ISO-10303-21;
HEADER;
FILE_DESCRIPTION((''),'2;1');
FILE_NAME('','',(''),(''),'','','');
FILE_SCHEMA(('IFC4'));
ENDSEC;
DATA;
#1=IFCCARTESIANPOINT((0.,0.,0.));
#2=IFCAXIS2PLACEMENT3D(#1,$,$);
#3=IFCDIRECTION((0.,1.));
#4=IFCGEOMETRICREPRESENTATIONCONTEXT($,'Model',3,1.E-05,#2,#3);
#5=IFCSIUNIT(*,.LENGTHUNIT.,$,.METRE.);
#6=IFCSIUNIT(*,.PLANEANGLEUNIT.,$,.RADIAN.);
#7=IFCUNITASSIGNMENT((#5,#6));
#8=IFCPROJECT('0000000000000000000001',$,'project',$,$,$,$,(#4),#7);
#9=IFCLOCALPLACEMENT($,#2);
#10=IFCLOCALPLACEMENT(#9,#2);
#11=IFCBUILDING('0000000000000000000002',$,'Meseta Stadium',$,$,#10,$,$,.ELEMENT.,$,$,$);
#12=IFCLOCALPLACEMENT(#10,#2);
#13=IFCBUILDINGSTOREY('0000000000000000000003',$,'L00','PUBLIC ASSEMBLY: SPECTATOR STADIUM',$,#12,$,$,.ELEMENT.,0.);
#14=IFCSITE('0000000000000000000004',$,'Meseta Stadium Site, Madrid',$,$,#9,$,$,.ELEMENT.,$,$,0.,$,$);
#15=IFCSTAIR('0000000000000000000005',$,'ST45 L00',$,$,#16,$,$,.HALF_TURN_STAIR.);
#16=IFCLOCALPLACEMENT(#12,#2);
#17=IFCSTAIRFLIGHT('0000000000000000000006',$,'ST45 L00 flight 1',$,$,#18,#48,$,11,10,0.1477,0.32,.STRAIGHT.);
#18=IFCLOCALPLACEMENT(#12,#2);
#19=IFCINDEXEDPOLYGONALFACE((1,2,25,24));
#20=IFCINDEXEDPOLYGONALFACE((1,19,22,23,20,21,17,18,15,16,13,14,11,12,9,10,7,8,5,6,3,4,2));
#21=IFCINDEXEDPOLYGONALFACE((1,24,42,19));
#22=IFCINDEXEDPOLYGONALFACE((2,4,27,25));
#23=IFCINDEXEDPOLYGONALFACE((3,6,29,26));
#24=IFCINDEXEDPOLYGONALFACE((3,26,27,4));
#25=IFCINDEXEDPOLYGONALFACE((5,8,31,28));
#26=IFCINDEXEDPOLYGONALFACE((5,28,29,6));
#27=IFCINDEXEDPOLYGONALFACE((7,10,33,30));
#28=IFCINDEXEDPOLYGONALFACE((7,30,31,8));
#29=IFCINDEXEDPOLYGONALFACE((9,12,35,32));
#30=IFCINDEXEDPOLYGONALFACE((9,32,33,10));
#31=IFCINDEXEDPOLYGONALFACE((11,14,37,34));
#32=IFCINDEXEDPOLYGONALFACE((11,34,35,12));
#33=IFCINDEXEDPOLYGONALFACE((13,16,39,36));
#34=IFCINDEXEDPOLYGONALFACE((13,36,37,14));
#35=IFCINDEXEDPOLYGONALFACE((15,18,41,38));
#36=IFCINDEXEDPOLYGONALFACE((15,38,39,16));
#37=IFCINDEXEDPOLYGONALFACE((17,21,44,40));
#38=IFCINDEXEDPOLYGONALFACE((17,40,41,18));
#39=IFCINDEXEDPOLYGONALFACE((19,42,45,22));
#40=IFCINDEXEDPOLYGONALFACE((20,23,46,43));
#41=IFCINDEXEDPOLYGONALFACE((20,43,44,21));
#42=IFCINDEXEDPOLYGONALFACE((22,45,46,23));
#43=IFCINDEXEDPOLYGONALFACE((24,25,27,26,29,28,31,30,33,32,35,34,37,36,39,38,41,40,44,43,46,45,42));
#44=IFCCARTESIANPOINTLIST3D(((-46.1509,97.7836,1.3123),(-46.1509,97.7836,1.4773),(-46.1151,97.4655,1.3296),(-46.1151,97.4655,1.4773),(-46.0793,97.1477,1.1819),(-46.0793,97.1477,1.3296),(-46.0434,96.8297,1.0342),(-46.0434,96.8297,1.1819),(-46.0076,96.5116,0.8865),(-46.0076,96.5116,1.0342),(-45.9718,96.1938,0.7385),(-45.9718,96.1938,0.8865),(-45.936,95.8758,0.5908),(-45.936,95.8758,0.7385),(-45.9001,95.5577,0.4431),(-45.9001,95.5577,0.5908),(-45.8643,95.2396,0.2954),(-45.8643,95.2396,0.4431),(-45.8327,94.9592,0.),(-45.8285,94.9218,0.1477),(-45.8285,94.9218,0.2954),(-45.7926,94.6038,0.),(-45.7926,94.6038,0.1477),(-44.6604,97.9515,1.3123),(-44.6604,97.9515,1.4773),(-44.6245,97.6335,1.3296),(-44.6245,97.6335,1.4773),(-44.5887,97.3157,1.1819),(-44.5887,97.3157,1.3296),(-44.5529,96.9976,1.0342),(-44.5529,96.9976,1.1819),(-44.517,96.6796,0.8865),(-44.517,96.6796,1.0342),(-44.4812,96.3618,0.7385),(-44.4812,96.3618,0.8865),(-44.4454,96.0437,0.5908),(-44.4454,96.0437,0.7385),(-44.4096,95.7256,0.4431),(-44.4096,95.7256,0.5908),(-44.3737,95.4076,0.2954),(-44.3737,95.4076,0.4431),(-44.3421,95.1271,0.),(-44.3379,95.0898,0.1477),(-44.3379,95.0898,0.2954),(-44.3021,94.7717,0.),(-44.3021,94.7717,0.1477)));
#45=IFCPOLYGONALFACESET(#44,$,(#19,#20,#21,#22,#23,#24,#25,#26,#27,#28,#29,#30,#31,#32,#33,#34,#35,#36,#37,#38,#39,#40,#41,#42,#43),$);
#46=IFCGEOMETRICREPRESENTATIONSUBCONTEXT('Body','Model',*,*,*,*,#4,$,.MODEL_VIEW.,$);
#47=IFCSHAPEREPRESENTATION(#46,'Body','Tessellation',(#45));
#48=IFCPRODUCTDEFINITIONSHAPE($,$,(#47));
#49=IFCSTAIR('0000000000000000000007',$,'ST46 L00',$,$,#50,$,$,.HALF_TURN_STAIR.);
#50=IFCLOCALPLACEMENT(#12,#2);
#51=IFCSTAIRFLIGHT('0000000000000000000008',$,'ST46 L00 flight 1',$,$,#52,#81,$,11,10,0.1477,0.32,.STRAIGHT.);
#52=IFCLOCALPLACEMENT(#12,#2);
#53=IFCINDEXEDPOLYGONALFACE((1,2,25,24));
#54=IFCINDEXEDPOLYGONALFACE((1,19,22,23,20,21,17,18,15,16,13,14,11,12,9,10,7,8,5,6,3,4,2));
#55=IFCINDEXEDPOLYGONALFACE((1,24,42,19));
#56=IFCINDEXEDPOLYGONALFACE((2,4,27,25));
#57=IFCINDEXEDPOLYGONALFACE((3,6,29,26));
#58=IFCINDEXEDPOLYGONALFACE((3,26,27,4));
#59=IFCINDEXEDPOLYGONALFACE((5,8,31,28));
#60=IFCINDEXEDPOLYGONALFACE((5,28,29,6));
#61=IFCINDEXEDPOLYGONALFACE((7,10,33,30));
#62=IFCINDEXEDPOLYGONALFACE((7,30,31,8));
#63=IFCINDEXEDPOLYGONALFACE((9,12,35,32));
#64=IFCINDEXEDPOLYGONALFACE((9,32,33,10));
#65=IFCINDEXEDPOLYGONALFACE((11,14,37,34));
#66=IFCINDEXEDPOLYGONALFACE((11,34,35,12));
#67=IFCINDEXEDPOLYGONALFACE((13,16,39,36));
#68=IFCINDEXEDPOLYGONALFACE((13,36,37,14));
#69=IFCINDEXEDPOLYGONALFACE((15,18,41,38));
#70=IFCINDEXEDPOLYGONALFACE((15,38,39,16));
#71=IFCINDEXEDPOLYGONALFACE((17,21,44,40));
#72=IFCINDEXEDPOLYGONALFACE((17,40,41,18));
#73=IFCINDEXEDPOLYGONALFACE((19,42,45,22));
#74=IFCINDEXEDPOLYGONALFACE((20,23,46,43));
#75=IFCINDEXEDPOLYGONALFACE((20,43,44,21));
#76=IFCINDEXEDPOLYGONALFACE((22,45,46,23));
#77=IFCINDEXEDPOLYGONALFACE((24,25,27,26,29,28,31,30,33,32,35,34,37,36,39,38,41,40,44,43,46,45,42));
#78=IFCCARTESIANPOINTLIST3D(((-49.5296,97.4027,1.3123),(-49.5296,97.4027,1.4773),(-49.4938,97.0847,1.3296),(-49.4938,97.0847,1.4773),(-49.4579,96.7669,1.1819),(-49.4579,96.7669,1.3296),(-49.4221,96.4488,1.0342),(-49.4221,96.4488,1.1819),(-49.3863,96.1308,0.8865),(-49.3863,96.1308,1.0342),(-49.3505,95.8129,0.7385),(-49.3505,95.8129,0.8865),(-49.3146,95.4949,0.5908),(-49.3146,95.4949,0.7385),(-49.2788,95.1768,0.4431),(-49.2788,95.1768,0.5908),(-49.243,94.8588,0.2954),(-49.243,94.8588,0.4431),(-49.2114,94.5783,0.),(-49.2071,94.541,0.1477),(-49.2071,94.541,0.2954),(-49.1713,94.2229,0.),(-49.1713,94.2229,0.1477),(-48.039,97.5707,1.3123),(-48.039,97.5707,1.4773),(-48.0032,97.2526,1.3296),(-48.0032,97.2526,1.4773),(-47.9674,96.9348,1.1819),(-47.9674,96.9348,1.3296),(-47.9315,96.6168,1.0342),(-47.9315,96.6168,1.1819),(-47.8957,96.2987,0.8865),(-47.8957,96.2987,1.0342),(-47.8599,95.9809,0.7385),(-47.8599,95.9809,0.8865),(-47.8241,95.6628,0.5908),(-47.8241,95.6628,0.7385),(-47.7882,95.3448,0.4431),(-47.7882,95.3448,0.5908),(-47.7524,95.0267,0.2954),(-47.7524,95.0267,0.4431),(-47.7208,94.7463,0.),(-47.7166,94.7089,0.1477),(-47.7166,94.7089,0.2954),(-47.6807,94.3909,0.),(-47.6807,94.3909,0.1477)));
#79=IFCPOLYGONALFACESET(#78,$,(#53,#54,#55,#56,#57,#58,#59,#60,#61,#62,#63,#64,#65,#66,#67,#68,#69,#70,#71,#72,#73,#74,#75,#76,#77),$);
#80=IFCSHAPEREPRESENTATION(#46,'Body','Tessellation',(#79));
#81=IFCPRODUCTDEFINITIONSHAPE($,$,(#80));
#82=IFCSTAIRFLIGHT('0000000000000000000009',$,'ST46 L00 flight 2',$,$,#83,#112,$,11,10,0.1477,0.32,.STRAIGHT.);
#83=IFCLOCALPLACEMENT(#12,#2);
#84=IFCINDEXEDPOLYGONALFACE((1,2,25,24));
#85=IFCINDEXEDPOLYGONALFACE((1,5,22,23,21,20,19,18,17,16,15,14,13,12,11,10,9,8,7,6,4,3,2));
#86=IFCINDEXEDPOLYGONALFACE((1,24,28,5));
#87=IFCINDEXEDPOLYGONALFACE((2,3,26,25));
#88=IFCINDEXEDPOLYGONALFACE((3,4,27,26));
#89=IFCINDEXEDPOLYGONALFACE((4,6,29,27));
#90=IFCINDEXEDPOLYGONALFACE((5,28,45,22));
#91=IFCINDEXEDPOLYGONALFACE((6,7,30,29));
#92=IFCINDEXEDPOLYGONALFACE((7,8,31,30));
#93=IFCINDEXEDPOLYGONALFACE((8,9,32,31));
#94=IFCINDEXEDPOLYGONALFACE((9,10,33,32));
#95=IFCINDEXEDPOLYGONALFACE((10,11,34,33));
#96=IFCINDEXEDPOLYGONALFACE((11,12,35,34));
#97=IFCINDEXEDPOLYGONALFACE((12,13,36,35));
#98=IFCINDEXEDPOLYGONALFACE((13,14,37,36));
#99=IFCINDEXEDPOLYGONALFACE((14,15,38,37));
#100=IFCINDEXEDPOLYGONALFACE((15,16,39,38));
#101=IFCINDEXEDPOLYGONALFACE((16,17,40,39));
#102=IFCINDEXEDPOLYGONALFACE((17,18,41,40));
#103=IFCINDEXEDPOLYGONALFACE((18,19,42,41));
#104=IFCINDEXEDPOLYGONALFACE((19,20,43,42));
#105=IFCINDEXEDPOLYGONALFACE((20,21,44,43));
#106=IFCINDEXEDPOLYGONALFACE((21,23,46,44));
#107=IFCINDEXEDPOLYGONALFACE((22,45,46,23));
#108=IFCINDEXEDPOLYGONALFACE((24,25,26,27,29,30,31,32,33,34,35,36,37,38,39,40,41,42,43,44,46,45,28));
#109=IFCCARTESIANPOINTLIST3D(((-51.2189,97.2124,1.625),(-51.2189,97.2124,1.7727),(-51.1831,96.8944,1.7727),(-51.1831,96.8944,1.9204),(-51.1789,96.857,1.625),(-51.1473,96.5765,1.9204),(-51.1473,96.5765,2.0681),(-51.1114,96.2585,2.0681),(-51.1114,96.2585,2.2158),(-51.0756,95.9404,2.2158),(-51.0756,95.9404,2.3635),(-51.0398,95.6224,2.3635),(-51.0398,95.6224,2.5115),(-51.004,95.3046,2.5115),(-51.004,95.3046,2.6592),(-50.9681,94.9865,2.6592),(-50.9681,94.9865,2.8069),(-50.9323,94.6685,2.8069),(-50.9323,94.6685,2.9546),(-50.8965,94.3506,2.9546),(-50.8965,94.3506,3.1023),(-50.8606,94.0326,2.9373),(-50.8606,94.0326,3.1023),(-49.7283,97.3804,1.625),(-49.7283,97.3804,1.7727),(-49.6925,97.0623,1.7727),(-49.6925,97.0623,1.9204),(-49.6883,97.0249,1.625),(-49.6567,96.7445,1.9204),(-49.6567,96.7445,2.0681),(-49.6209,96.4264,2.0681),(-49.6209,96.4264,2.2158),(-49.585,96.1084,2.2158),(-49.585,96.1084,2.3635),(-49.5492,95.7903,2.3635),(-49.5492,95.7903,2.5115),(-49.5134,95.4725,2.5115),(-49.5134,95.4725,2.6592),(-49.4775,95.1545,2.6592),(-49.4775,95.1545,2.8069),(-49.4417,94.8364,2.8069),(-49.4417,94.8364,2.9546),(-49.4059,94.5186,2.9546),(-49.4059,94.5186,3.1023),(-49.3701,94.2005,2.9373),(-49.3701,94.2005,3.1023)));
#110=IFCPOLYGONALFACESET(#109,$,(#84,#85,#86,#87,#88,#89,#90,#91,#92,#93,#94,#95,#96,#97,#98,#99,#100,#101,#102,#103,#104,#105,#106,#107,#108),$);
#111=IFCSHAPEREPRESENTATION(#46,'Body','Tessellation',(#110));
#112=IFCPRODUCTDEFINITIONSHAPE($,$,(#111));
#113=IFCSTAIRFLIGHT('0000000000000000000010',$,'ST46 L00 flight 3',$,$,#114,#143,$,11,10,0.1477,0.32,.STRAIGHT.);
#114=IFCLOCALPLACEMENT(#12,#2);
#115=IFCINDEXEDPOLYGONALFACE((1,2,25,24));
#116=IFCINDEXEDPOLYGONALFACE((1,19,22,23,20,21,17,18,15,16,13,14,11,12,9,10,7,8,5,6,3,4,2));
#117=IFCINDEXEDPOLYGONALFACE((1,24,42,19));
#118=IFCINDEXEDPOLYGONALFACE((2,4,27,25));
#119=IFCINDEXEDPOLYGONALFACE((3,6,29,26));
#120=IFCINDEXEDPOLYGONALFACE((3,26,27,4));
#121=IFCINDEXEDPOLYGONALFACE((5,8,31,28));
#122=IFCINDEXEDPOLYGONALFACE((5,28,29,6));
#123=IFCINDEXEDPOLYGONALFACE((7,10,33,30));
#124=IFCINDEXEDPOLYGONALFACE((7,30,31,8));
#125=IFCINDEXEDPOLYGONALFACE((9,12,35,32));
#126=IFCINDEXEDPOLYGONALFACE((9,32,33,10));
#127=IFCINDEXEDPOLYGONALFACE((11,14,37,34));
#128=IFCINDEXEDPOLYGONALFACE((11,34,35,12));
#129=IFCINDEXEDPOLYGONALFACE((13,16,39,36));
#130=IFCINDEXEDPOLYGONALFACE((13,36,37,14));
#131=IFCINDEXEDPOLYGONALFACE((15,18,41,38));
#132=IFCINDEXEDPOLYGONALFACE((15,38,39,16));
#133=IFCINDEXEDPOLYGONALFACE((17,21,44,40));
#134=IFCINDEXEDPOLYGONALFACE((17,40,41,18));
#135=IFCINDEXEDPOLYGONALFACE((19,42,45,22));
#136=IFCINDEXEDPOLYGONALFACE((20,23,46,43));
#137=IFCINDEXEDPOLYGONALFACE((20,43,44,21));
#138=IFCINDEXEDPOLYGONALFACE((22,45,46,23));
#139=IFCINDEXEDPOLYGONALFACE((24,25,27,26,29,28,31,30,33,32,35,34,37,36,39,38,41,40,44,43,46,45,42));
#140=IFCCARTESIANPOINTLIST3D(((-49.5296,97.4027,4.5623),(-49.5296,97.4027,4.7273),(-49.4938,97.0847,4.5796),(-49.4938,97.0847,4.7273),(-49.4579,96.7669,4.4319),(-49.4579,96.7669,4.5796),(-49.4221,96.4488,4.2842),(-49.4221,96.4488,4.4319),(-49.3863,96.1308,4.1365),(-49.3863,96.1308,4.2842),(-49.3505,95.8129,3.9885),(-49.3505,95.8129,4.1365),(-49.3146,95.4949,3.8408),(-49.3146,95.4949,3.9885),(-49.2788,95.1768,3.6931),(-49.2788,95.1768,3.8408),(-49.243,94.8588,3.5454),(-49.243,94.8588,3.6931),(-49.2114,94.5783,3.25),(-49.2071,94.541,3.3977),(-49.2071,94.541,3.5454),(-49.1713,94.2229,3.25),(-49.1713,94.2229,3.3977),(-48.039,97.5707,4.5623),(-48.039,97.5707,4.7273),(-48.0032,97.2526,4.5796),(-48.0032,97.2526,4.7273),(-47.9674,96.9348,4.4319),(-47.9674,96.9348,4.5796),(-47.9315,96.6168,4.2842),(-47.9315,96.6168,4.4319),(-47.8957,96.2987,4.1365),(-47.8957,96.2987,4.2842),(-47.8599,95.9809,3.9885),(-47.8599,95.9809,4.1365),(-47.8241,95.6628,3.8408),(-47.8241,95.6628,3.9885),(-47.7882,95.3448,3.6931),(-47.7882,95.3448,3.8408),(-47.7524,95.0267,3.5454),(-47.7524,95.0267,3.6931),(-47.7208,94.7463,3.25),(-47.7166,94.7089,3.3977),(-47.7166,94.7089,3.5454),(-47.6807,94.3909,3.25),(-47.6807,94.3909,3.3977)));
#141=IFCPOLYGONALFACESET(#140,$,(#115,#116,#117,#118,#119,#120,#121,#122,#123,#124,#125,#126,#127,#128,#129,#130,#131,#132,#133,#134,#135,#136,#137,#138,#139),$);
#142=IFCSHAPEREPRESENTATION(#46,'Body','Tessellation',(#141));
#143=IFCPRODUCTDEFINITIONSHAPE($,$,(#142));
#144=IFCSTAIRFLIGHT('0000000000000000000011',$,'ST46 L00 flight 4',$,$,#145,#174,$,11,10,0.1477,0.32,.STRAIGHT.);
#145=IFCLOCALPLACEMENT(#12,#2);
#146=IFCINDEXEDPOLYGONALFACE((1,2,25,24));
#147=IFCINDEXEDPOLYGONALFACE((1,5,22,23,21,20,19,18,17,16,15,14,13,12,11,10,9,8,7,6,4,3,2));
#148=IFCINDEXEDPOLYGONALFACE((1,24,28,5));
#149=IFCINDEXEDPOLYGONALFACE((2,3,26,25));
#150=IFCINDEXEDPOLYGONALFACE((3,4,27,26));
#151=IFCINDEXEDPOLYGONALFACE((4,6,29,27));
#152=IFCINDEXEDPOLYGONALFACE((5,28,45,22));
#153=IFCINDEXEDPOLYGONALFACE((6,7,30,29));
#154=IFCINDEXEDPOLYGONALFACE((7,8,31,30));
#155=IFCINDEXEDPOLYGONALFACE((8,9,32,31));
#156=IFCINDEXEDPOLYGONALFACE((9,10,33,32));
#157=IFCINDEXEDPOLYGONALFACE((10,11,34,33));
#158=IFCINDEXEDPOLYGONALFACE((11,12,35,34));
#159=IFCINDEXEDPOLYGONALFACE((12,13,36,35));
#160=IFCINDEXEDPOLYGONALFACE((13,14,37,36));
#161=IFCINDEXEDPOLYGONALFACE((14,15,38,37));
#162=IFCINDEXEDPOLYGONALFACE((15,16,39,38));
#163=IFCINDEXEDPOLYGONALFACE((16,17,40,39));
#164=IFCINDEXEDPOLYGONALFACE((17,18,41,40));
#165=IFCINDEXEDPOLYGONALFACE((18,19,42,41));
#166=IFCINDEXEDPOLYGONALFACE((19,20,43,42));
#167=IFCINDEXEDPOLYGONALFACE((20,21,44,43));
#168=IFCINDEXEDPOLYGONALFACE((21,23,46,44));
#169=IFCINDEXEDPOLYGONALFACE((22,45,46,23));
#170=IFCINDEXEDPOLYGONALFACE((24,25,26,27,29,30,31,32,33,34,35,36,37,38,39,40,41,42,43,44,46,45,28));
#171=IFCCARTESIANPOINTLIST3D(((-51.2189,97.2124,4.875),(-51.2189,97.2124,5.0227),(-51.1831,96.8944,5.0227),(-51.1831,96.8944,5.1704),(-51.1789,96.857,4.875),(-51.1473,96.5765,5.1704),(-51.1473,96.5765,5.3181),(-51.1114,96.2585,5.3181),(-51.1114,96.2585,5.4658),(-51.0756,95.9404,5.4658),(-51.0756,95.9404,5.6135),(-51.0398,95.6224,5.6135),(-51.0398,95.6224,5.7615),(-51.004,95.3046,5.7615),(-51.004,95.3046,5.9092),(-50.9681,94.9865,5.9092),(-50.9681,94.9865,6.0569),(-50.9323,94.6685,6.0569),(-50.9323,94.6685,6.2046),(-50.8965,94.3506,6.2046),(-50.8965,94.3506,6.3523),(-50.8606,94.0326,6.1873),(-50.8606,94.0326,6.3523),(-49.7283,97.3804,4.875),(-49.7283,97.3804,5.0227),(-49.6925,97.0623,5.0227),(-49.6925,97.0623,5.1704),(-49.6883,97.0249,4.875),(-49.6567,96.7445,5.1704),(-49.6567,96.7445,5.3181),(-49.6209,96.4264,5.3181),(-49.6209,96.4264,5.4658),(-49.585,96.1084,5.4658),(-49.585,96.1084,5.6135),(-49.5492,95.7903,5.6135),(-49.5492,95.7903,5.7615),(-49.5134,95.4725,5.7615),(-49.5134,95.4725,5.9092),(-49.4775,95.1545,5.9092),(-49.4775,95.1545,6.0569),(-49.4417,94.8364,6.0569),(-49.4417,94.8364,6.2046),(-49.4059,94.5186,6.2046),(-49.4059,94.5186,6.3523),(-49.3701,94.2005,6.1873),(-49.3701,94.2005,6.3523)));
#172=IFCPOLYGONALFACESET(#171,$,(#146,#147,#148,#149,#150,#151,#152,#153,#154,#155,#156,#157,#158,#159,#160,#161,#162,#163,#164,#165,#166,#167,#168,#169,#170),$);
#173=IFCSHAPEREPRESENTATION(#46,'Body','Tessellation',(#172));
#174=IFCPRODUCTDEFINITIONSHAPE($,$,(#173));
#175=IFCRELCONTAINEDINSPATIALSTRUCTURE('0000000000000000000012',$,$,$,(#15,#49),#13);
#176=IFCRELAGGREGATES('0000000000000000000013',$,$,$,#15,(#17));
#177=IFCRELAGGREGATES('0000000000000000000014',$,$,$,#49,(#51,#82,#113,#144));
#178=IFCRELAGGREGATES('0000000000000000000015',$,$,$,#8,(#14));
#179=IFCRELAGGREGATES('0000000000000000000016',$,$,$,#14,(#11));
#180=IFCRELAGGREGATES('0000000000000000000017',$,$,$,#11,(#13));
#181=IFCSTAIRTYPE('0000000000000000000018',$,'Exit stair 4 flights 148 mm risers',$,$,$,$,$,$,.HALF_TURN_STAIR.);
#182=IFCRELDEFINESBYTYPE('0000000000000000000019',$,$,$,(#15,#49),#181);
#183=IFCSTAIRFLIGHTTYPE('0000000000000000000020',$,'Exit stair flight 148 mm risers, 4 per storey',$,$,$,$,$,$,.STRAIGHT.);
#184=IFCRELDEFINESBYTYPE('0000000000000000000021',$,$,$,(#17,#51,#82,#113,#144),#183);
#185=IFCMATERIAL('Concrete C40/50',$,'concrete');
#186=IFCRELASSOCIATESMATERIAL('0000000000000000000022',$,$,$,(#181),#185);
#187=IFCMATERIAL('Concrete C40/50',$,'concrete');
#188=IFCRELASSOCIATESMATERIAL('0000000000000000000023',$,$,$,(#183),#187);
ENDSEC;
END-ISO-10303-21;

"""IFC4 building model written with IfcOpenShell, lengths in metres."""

from ifc_helpers import new_model, si_unit, direction, frame, origin, place, context, subcontext, project, spatial, polyline, outline, extrude, material, type_object, element, aggregate, save


model = new_model("IFC4")

# Units and contexts
model_context = context("Model", 3, precision=1e-05, world=origin(), true_north=direction((0.0, 1.0)))
body_context = subcontext(model_context, "Body", "Model", "MODEL_VIEW")
ifc_project = project(units=[si_unit("LENGTHUNIT", "METRE"), si_unit("PLANEANGLEUNIT", "RADIAN")], contexts=[model_context])

# Site, building, storey
site_placement = place(None, origin())
site = spatial("IfcSite", under=ifc_project, at=site_placement, Name="Meseta Stadium Site, Madrid", CompositionType="ELEMENT", RefElevation=0.0)
building_placement = place(site_placement, origin())
building = spatial("IfcBuilding", under=site, at=building_placement, Name="Meseta Stadium", CompositionType="ELEMENT")
storey_placement = place(building_placement, origin())
storey = spatial("IfcBuildingStorey", under=building, at=storey_placement, Name="L00", Description="PUBLIC ASSEMBLY: SPECTATOR STADIUM", CompositionType="ELEMENT", Elevation=0.0)

# Stair, stair flight
ifc_material_1 = material(Name="Concrete C40/50", Category="concrete")
stair_type = type_object("IfcStairType", Name="Exit stair 4 flights 148 mm risers", PredefinedType="HALF_TURN_STAIR", material=ifc_material_1)
stair_1_placement = place(storey_placement, origin())
stair_1 = element("IfcStair", 1, at=stair_1_placement, inside=storey, type_object=stair_type, Name="ST45 L00", PredefinedType="HALF_TURN_STAIR")
ifc_material_2 = material(Name="Concrete C40/50", Category="concrete")
stair_flight_type = type_object("IfcStairFlightType", Name="Exit stair flight 148 mm risers, 4 per storey", PredefinedType="STRAIGHT", material=ifc_material_2)
stair_flight_1_placement = place(storey_placement, frame((-45.0474, 94.6877, 0.0), z_axis=(0.0, 0.0, 1.0), x_axis=(-0.111964, 0.993712, 0.0)))
stair_flight_1 = element("IfcStairFlight", 2, at=stair_flight_1_placement, type_object=stair_flight_type, Name="ST45 L00 flight 1", NumberOfRisers=11, NumberOfTreads=10, PredefinedType="STRAIGHT", RiserHeight=0.1477, TreadLength=0.32, context=body_context, shape_type="SweptSolid", body=[
    extrude(outline(polyline([(0.0, 0.0), (0.0, 0.1477), (0.3201, 0.1477), (0.3201, 0.2954), (0.6399, 0.2954), (0.6399, 0.4431), (0.96, 0.4431), (0.96, 0.5908), (1.28, 0.5908), (1.28, 0.7385), (1.6001, 0.7385), (1.6001, 0.8865), (1.9199, 0.8865), (1.9199, 1.0342), (2.24, 1.0342), (2.24, 1.1819), (2.5601, 1.1819), (2.5601, 1.3296), (2.8799, 1.3296), (2.8799, 1.4773), (3.2, 1.4773), (3.2, 1.3123), (0.3577, 0.0), (0.0, 0.0)])), frame((0.0, 0.75, 0.0), z_axis=(0.0, -1.0, 0.0), x_axis=(1.0, 0.0, 0.0)), (0.0, 0.0, 1.0), 1.5),
])
aggregate(stair_1, [stair_flight_1])

# Stair, stair flights
stair_2_placement = place(storey_placement, origin())
stair_2 = element("IfcStair", 3, at=stair_2_placement, inside=storey, type_object=stair_type, Name="ST46 L00", PredefinedType="HALF_TURN_STAIR")
stair_flight_2_placement = place(storey_placement, frame((-48.426, 94.3069, 0.0), z_axis=(0.0, 0.0, 1.0), x_axis=(-0.111964, 0.993712, 0.0)))
stair_flight_2 = element("IfcStairFlight", 4, at=stair_flight_2_placement, type_object=stair_flight_type, Name="ST46 L00 flight 1", NumberOfRisers=11, NumberOfTreads=10, PredefinedType="STRAIGHT", RiserHeight=0.1477, TreadLength=0.32, context=body_context, shape_type="SweptSolid", body=[
    extrude(outline(polyline([(0.0, 0.0), (0.0, 0.1477), (0.3201, 0.1477), (0.3201, 0.2954), (0.6399, 0.2954), (0.6399, 0.4431), (0.96, 0.4431), (0.96, 0.5908), (1.28, 0.5908), (1.28, 0.7385), (1.6001, 0.7385), (1.6001, 0.8865), (1.9199, 0.8865), (1.9199, 1.0342), (2.24, 1.0342), (2.24, 1.1819), (2.5601, 1.1819), (2.5601, 1.3296), (2.8799, 1.3296), (2.8799, 1.4773), (3.2, 1.4773), (3.2, 1.3123), (0.3577, 0.0), (0.0, 0.0)])), frame((0.0, 0.75, 0.0), z_axis=(0.0, -1.0, 0.0), x_axis=(1.0, 0.0, 0.0)), (0.0, 0.0, 1.0), 1.5),
])
stair_flight_3_placement = place(storey_placement, frame((-50.4736, 97.2964, 1.625), z_axis=(0.0, 0.0, 1.0), x_axis=(0.111964, -0.993712, 0.0)))
stair_flight_3 = element("IfcStairFlight", 5, at=stair_flight_3_placement, type_object=stair_flight_type, Name="ST46 L00 flight 2", NumberOfRisers=11, NumberOfTreads=10, PredefinedType="STRAIGHT", RiserHeight=0.1477, TreadLength=0.32, context=body_context, shape_type="SweptSolid", body=[
    extrude(outline(polyline([(0.0, 0.0), (0.0, 0.1477), (0.3201, 0.1477), (0.3201, 0.2954), (0.6399, 0.2954), (0.6399, 0.4431), (0.96, 0.4431), (0.96, 0.5908), (1.28, 0.5908), (1.28, 0.7385), (1.6001, 0.7385), (1.6001, 0.8865), (1.9199, 0.8865), (1.9199, 1.0342), (2.24, 1.0342), (2.24, 1.1819), (2.5601, 1.1819), (2.5601, 1.3296), (2.8799, 1.3296), (2.8799, 1.4773), (3.2, 1.4773), (3.2, 1.3123), (0.3577, 0.0), (0.0, 0.0)])), frame((0.0, 0.75, 0.0), z_axis=(0.0, -1.0, 0.0), x_axis=(1.0, 0.0, 0.0)), (0.0, 0.0, 1.0), 1.5),
])
stair_flight_4_placement = place(storey_placement, frame((-48.426, 94.3069, 3.25), z_axis=(0.0, 0.0, 1.0), x_axis=(-0.111964, 0.993712, 0.0)))
stair_flight_4 = element("IfcStairFlight", 6, at=stair_flight_4_placement, type_object=stair_flight_type, Name="ST46 L00 flight 3", NumberOfRisers=11, NumberOfTreads=10, PredefinedType="STRAIGHT", RiserHeight=0.1477, TreadLength=0.32, context=body_context, shape_type="SweptSolid", body=[
    extrude(outline(polyline([(0.0, 0.0), (0.0, 0.1477), (0.3201, 0.1477), (0.3201, 0.2954), (0.6399, 0.2954), (0.6399, 0.4431), (0.96, 0.4431), (0.96, 0.5908), (1.28, 0.5908), (1.28, 0.7385), (1.6001, 0.7385), (1.6001, 0.8865), (1.9199, 0.8865), (1.9199, 1.0342), (2.24, 1.0342), (2.24, 1.1819), (2.5601, 1.1819), (2.5601, 1.3296), (2.8799, 1.3296), (2.8799, 1.4773), (3.2, 1.4773), (3.2, 1.3123), (0.3577, 0.0), (0.0, 0.0)])), frame((0.0, 0.75, 0.0), z_axis=(0.0, -1.0, 0.0), x_axis=(1.0, 0.0, 0.0)), (0.0, 0.0, 1.0), 1.5),
])
stair_flight_5_placement = place(storey_placement, frame((-50.4736, 97.2964, 4.875), z_axis=(0.0, 0.0, 1.0), x_axis=(0.111964, -0.993712, 0.0)))
stair_flight_5 = element("IfcStairFlight", 7, at=stair_flight_5_placement, type_object=stair_flight_type, Name="ST46 L00 flight 4", NumberOfRisers=11, NumberOfTreads=10, PredefinedType="STRAIGHT", RiserHeight=0.1477, TreadLength=0.32, context=body_context, shape_type="SweptSolid", body=[
    extrude(outline(polyline([(0.0, 0.0), (0.0, 0.1477), (0.3201, 0.1477), (0.3201, 0.2954), (0.6399, 0.2954), (0.6399, 0.4431), (0.96, 0.4431), (0.96, 0.5908), (1.28, 0.5908), (1.28, 0.7385), (1.6001, 0.7385), (1.6001, 0.8865), (1.9199, 0.8865), (1.9199, 1.0342), (2.24, 1.0342), (2.24, 1.1819), (2.5601, 1.1819), (2.5601, 1.3296), (2.8799, 1.3296), (2.8799, 1.4773), (3.2, 1.4773), (3.2, 1.3123), (0.3577, 0.0), (0.0, 0.0)])), frame((0.0, 0.75, 0.0), z_axis=(0.0, -1.0, 0.0), x_axis=(1.0, 0.0, 0.0)), (0.0, 0.0, 1.0), 1.5),
])
aggregate(stair_2, [stair_flight_2, stair_flight_3, stair_flight_4, stair_flight_5])

save(model, "model.ifc")
